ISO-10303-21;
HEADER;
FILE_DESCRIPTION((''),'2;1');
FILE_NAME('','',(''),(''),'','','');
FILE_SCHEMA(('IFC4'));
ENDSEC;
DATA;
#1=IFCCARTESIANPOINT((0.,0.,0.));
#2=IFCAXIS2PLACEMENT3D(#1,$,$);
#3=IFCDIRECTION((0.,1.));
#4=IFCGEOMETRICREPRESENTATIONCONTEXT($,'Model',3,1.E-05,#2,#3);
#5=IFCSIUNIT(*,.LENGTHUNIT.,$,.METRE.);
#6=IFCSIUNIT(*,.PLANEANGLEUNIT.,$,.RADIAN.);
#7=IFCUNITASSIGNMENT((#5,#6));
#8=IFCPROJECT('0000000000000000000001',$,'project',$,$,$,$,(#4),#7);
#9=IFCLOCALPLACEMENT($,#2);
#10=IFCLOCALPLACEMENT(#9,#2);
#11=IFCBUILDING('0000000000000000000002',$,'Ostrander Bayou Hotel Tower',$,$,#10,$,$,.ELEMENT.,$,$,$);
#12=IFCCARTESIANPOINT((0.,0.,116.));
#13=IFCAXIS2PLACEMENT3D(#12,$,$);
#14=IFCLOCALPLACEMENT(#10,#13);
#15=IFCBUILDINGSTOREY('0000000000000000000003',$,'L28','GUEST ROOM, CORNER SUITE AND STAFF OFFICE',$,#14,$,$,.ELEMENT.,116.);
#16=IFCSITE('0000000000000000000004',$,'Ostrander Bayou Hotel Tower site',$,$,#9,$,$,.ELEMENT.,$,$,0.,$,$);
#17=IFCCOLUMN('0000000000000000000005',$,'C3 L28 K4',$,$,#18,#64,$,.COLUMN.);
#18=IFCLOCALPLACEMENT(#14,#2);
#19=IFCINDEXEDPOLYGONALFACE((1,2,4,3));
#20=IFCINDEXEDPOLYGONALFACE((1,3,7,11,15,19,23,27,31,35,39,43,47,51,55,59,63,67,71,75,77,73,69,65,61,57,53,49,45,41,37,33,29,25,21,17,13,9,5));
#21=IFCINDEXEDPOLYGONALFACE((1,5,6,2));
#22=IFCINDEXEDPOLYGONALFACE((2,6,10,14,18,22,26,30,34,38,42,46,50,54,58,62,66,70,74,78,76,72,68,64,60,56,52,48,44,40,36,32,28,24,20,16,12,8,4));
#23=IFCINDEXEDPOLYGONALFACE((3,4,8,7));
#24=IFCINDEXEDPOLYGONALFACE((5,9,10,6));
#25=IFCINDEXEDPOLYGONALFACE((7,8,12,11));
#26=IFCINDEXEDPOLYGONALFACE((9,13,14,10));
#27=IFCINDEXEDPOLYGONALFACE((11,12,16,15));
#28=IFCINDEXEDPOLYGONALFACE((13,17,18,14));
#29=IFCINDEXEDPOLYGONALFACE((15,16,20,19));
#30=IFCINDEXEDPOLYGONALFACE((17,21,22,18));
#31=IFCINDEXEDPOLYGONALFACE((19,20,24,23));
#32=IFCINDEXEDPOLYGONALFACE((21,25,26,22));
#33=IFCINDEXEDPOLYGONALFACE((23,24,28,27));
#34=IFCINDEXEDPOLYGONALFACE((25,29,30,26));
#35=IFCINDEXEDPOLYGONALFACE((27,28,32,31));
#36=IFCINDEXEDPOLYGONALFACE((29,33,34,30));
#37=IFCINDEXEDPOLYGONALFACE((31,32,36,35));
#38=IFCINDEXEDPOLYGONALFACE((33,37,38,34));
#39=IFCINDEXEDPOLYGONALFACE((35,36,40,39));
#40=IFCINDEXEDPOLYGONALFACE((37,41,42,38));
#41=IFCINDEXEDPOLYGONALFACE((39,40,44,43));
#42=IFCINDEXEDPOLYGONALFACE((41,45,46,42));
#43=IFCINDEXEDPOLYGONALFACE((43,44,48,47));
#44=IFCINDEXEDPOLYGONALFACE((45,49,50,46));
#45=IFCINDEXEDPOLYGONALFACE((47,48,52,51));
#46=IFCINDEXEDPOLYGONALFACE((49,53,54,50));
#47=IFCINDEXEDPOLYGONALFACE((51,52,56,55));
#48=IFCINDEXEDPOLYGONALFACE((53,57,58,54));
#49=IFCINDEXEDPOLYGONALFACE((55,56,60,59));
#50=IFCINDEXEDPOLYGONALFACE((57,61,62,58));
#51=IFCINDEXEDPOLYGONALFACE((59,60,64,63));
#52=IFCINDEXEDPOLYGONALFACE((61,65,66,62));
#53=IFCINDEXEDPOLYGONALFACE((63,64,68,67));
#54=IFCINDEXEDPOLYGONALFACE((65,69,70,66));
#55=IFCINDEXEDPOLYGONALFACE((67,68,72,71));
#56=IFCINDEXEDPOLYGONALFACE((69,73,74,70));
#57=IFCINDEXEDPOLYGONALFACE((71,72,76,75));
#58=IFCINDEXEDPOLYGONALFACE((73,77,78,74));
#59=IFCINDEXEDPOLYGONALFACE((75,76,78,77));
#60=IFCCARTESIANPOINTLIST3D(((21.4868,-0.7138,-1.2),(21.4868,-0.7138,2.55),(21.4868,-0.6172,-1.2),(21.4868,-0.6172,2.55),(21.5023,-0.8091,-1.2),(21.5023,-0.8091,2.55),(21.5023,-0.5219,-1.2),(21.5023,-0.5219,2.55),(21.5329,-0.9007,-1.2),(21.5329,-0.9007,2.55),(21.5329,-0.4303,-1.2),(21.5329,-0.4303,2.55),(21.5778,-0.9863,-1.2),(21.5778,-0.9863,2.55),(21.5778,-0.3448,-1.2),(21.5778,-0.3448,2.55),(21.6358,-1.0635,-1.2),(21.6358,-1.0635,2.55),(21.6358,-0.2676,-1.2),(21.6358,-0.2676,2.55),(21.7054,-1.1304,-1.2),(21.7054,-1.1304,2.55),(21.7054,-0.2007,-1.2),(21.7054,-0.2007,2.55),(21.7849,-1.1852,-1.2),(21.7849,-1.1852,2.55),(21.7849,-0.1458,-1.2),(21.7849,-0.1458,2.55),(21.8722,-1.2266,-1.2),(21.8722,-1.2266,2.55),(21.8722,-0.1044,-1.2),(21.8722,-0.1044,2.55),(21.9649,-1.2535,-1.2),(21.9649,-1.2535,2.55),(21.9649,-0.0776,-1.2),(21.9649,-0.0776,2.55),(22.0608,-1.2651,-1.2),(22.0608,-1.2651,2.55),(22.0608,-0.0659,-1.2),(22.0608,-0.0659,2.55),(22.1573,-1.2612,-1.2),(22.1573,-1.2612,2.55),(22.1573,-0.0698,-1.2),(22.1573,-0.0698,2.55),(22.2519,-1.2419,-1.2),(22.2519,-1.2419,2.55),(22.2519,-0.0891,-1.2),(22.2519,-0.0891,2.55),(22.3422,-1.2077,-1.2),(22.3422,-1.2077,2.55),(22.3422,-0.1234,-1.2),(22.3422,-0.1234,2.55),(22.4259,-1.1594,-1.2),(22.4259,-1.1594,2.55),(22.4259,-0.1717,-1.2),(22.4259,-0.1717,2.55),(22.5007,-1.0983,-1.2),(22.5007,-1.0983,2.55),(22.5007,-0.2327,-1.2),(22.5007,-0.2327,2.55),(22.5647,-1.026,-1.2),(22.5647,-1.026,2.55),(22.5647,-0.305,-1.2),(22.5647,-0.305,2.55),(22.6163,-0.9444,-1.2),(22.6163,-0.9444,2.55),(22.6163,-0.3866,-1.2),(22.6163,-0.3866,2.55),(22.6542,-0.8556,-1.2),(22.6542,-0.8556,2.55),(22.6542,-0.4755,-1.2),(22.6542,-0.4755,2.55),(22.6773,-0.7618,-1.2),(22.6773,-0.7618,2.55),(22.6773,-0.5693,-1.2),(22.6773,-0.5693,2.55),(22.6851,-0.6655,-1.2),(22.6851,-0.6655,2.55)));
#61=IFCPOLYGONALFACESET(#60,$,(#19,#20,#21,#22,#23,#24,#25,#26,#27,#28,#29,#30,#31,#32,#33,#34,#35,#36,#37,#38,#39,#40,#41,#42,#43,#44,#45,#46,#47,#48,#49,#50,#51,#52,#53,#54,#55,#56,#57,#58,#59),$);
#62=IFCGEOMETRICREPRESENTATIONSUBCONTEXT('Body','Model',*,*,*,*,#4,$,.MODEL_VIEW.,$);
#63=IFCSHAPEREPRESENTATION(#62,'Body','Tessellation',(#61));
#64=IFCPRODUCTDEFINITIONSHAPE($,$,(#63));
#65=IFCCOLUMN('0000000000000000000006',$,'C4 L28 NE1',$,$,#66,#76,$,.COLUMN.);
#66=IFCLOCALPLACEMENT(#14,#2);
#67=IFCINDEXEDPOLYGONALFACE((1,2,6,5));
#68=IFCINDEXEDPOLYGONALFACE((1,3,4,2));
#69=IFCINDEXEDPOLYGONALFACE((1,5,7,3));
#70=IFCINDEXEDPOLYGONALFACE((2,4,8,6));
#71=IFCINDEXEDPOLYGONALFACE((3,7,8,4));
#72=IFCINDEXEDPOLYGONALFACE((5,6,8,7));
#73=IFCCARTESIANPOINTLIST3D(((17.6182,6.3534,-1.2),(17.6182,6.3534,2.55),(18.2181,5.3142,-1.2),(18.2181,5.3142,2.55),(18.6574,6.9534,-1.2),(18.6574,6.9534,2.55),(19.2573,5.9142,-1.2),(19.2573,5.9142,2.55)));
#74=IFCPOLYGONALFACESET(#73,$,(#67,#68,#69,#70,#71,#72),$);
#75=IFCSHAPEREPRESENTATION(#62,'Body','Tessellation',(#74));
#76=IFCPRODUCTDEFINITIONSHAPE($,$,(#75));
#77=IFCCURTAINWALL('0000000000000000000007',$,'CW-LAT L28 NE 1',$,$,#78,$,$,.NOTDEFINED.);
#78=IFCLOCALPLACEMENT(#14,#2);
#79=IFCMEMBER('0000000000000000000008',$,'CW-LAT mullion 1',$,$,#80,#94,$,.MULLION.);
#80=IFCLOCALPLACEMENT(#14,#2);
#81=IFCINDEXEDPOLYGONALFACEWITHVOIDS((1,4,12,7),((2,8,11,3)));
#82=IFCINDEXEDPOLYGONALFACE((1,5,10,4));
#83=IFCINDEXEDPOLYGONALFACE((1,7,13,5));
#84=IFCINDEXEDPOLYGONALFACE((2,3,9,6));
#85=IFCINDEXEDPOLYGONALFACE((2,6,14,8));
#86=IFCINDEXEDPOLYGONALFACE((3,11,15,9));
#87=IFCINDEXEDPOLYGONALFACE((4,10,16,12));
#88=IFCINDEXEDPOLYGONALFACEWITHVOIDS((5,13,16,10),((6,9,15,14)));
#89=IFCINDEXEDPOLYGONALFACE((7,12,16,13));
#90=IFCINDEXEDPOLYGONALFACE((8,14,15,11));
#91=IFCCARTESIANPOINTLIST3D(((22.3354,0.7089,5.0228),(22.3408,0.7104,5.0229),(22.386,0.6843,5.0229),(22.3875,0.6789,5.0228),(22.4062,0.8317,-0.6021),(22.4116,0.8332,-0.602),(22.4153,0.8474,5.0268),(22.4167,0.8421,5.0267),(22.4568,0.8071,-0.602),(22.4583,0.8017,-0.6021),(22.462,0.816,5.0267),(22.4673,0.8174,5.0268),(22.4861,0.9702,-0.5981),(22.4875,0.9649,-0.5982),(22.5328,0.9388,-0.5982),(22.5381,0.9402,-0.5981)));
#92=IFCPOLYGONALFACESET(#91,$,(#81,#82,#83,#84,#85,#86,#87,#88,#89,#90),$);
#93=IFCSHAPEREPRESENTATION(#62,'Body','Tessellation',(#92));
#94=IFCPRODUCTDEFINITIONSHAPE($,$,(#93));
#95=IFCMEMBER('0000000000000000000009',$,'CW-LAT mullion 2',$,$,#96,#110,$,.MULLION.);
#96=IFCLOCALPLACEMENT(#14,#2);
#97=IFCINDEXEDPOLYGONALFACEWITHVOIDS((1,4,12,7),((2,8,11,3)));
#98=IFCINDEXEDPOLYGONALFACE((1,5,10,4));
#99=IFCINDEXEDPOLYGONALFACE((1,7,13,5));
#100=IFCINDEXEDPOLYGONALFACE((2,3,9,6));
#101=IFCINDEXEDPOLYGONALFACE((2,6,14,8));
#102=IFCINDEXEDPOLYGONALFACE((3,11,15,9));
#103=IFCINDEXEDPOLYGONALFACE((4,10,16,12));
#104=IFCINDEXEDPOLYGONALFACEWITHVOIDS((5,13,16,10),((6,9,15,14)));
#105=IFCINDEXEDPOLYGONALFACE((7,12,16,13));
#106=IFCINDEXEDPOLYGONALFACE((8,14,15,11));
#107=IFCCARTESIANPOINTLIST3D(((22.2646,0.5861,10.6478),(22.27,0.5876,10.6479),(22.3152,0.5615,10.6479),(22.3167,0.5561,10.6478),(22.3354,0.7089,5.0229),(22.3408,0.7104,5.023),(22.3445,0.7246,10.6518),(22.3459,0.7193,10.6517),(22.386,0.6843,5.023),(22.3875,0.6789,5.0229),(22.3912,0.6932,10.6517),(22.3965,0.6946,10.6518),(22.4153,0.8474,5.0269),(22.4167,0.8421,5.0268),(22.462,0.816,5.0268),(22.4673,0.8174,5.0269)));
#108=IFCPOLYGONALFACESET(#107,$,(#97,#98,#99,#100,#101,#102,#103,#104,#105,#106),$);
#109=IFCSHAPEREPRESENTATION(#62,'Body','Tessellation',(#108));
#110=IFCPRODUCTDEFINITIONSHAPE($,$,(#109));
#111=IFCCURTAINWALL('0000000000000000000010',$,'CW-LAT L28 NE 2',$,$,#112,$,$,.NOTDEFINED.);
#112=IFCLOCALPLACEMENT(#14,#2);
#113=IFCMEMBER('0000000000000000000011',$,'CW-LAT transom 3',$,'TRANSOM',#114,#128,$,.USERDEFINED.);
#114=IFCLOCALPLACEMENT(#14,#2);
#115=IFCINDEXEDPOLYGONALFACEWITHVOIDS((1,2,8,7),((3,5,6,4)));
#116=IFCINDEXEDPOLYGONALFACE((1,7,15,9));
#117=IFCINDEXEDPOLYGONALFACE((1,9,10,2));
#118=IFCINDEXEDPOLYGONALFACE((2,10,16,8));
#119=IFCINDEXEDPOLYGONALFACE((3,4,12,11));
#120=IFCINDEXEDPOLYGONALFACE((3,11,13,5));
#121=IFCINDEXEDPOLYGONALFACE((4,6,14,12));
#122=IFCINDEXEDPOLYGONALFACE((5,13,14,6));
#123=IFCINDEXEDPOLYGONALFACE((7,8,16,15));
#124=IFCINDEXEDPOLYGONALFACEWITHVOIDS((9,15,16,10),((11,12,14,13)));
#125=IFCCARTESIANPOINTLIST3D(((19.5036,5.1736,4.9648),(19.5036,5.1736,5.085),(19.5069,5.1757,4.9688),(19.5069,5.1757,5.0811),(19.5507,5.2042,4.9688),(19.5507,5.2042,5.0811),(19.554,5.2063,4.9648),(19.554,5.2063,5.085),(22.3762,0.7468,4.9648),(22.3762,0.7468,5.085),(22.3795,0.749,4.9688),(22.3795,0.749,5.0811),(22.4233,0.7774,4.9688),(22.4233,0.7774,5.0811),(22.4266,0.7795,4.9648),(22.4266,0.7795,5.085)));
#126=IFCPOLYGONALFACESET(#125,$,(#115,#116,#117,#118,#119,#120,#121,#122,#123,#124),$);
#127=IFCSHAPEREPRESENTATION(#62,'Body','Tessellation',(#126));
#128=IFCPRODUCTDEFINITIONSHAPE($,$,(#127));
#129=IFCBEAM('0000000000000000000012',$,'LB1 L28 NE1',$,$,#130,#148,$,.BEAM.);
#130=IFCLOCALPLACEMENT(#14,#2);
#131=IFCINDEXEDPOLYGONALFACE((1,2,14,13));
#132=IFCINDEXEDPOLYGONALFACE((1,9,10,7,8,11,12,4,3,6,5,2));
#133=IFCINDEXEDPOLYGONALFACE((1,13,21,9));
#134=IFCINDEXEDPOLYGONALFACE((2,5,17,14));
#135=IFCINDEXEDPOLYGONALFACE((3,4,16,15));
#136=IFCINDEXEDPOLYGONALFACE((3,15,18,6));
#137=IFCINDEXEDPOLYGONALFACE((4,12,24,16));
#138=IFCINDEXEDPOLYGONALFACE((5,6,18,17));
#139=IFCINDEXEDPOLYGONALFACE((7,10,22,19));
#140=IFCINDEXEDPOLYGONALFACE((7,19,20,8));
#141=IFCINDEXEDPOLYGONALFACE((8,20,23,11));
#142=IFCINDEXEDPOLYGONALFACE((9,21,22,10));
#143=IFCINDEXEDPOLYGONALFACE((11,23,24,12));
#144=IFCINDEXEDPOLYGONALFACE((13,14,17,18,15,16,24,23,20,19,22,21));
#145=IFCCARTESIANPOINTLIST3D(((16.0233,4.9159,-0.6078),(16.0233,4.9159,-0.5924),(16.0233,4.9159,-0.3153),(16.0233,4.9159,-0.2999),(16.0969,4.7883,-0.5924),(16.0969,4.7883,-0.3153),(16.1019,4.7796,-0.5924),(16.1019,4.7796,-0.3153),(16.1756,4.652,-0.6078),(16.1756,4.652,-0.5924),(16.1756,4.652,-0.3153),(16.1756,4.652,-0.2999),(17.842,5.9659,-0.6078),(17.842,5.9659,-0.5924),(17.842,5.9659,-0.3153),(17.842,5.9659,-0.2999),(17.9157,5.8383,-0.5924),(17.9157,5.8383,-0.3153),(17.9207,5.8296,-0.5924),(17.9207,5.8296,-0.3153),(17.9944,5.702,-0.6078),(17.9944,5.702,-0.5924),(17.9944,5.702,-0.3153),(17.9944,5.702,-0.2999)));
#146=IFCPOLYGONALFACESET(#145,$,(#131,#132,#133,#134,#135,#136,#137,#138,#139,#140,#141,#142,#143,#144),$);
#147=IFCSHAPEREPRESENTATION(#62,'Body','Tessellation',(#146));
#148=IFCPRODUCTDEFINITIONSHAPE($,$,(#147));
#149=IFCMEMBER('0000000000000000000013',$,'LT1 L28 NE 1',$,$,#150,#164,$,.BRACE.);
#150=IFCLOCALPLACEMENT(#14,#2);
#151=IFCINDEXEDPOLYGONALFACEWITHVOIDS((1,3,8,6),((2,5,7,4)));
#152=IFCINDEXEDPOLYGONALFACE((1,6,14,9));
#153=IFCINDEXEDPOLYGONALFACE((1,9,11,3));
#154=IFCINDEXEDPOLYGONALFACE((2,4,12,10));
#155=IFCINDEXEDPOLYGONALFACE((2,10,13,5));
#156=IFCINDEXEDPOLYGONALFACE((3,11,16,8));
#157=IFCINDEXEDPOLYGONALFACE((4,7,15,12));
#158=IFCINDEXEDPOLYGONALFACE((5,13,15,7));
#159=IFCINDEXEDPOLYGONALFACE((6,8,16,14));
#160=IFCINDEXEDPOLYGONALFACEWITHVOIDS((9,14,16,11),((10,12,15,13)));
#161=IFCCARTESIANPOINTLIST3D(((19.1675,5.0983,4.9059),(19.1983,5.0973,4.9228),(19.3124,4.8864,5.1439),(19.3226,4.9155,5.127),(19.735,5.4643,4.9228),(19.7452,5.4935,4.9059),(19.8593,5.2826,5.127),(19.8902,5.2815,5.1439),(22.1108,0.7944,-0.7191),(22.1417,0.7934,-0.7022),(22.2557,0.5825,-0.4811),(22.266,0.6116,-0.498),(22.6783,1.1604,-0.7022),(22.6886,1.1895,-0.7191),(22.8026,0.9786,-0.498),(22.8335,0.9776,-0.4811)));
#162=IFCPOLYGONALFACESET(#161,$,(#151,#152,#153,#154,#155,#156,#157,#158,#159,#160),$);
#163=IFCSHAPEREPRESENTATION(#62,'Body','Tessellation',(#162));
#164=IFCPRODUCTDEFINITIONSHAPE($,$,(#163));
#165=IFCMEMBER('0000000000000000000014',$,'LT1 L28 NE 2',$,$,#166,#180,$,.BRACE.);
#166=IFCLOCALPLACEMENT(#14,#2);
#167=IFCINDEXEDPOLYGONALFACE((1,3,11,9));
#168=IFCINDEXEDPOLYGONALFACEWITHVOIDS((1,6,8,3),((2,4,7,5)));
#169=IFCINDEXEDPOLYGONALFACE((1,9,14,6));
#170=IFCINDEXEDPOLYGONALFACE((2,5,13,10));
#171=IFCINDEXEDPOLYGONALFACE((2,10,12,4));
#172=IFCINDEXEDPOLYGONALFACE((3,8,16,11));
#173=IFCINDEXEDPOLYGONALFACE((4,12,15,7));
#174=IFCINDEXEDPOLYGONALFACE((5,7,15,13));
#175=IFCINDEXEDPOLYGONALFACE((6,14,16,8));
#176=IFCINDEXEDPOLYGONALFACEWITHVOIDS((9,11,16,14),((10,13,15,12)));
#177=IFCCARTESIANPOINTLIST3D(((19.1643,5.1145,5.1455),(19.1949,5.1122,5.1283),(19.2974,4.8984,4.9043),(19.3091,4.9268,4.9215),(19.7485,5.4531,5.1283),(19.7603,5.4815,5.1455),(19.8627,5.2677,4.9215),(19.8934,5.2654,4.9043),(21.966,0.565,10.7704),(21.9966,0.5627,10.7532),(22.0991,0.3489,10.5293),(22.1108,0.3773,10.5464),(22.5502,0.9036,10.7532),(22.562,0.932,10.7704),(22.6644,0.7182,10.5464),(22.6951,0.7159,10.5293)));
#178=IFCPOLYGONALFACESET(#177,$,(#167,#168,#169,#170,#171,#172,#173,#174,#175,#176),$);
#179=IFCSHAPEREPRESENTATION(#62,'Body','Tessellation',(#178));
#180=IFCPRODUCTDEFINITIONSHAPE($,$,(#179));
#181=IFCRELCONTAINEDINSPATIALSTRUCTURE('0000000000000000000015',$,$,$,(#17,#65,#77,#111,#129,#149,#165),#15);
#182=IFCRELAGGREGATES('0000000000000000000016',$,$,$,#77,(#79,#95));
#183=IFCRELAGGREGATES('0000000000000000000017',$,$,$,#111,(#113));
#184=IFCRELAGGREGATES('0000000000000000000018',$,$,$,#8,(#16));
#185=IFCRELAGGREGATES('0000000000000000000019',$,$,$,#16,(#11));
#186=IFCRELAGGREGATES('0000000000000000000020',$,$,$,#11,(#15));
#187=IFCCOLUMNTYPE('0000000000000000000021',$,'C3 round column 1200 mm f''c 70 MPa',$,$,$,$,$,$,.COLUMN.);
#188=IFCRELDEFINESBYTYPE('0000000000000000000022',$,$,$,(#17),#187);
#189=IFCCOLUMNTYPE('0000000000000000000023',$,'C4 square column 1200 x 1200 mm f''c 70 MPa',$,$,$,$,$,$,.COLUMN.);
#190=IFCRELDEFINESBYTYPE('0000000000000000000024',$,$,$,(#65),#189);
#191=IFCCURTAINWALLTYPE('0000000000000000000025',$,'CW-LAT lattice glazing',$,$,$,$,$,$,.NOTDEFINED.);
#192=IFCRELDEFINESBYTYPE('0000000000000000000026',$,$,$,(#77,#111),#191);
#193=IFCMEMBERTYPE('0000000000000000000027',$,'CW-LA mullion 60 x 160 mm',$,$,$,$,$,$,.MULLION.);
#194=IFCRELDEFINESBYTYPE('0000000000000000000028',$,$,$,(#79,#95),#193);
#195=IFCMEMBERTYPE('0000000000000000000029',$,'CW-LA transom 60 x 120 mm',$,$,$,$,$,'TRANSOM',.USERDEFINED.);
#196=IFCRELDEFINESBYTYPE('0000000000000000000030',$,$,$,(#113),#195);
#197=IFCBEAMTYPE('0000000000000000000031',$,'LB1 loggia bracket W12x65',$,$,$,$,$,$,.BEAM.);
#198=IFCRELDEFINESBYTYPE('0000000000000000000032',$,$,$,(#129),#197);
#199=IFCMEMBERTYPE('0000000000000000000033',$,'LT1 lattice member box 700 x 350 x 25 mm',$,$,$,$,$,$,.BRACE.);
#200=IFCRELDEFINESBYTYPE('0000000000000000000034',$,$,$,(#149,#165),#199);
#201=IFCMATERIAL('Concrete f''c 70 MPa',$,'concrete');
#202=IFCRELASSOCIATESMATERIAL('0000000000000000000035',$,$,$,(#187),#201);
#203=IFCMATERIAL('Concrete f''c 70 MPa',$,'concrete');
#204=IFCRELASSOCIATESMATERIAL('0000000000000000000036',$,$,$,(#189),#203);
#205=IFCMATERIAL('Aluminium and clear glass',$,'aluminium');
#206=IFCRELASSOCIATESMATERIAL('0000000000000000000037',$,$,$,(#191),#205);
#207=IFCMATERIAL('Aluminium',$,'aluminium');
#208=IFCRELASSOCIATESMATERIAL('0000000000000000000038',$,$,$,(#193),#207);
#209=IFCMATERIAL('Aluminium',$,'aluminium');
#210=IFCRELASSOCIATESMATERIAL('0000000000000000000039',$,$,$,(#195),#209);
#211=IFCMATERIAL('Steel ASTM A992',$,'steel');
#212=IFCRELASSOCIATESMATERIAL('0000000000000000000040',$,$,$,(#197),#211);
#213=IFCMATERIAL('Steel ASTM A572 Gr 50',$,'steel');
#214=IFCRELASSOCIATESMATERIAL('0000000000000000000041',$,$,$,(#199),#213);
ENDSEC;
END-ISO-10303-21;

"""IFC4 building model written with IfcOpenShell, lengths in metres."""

from ifc_helpers import new_model, si_unit, direction, frame, origin, origin_2d, place, context, subcontext, project, spatial, rectangle, hollow_rectangle, circle, i_section, extrude, material, material_profile, profile_set, type_object, element, aggregate, save


model = new_model("IFC4")

# Units and contexts
model_context = context("Model", 3, precision=1e-05, world=origin(), true_north=direction((0.0, 1.0)))
body_context = subcontext(model_context, "Body", "Model", "MODEL_VIEW")
ifc_project = project(units=[si_unit("LENGTHUNIT", "METRE"), si_unit("PLANEANGLEUNIT", "RADIAN")], contexts=[model_context])

# Site, building, storey
site_placement = place(None, origin())
site = spatial("IfcSite", under=ifc_project, at=site_placement, Name="Ostrander Bayou Hotel Tower site", CompositionType="ELEMENT", RefElevation=0.0)
building_placement = place(site_placement, origin())
building = spatial("IfcBuilding", under=site, at=building_placement, Name="Ostrander Bayou Hotel Tower", CompositionType="ELEMENT")
storey_placement = place(building_placement, frame((0.0, 0.0, 116.0)))
storey = spatial("IfcBuildingStorey", under=building, at=storey_placement, Name="L28", Description="GUEST ROOM, CORNER SUITE AND STAFF OFFICE", CompositionType="ELEMENT", Elevation=116.0)

# Columns
ifc_material_1 = material(Name="Concrete f'c 70 MPa", Category="concrete")
ifc_material_profile_1 = material_profile(ifc_material_1, circle(Radius=0.6001, at=origin_2d()))
ifc_profile_set_1 = profile_set([ifc_material_profile_1], Name="Concrete f'c 70 MPa")
column_type_1 = type_object("IfcColumnType", Name="C3 round column 1200 mm f'c 70 MPa", PredefinedType="COLUMN", material=ifc_profile_set_1)
column_1_placement = place(storey_placement, frame((22.085, -0.6655, -1.2), z_axis=(0.0, 0.0, 1.0), x_axis=(1.0, 0.0, 0.0)))
element("IfcColumn", 1, at=column_1_placement, inside=storey, type_object=column_type_1, Name="C3 L28 K4", PredefinedType="COLUMN", context=body_context, shape_type="SweptSolid", body=[
    extrude(circle(Radius=0.6001, at=origin_2d()), origin(), (0.0, 0.0, 1.0), 3.75),
])
ifc_material_2 = material(Name="Concrete f'c 70 MPa", Category="concrete")
ifc_material_profile_2 = material_profile(ifc_material_2, rectangle(XDim=1.2, YDim=1.2, at=origin_2d()))
ifc_profile_set_2 = profile_set([ifc_material_profile_2], Name="Concrete f'c 70 MPa")
column_type_2 = type_object("IfcColumnType", Name="C4 square column 1200 x 1200 mm f'c 70 MPa", PredefinedType="COLUMN", material=ifc_profile_set_2)
column_2_placement = place(storey_placement, frame((18.4377, 6.1338, -1.2), z_axis=(0.0, 0.0, 1.0), x_axis=(0.5, -0.866025, 0.0)))
element("IfcColumn", 2, at=column_2_placement, inside=storey, type_object=column_type_2, Name="C4 L28 NE1", PredefinedType="COLUMN", context=body_context, shape_type="SweptSolid", body=[
    extrude(rectangle(XDim=1.2, YDim=1.2, at=origin_2d()), origin(), (0.0, 0.0, 1.0), 3.75),
])

# Curtain wall, members
ifc_material_3 = material(Name="Aluminium and clear glass", Category="aluminium")
curtain_wall_type = type_object("IfcCurtainWallType", Name="CW-LAT lattice glazing", PredefinedType="NOTDEFINED", material=ifc_material_3)
curtain_wall_1_placement = place(storey_placement, origin())
curtain_wall_1 = element("IfcCurtainWall", 3, at=curtain_wall_1_placement, inside=storey, type_object=curtain_wall_type, Name="CW-LAT L28 NE 1", PredefinedType="NOTDEFINED")
ifc_material_4 = material(Name="Aluminium", Category="aluminium")
ifc_material_profile_3 = material_profile(ifc_material_4, hollow_rectangle(XDim=0.0601, YDim=0.1599, WallThickness=0.0039, at=origin_2d()))
ifc_profile_set_3 = profile_set([ifc_material_profile_3], Name="Aluminium")
member_type_1 = type_object("IfcMemberType", Name="CW-LA mullion 60 x 160 mm", PredefinedType="MULLION", material=ifc_profile_set_3)
member_1_placement = place(storey_placement, frame((22.4722, 0.886, -0.6001), z_axis=(-0.012583, -0.021825, 0.999683), x_axis=(0.866329, -0.499474, 0.0)))
member_1 = element("IfcMember", 4, at=member_1_placement, type_object=member_type_1, Name="CW-LAT mullion 1", PredefinedType="MULLION", context=body_context, shape_type="SweptSolid", body=[
    extrude(hollow_rectangle(XDim=0.0601, YDim=0.1599, WallThickness=0.0039, at=origin_2d()), origin(), (0.0, 0.0, 1.0), 5.6267),
])
member_2_placement = place(storey_placement, frame((22.4014, 0.7632, 5.0249), z_axis=(-0.012583, -0.021825, 0.999683), x_axis=(0.866329, -0.499474, 0.0)))
member_2 = element("IfcMember", 5, at=member_2_placement, type_object=member_type_1, Name="CW-LAT mullion 2", PredefinedType="MULLION", context=body_context, shape_type="SweptSolid", body=[
    extrude(hollow_rectangle(XDim=0.0601, YDim=0.1599, WallThickness=0.0039, at=origin_2d()), origin(), (0.0, 0.0, 1.0), 5.6267),
])

# Curtain wall, member
curtain_wall_2_placement = place(storey_placement, origin())
curtain_wall_2 = element("IfcCurtainWall", 6, at=curtain_wall_2_placement, inside=storey, type_object=curtain_wall_type, Name="CW-LAT L28 NE 2", PredefinedType="NOTDEFINED")
ifc_material_5 = material(Name="Aluminium", Category="aluminium")
ifc_material_profile_4 = material_profile(ifc_material_5, hollow_rectangle(XDim=0.0601, YDim=0.1201, WallThickness=0.0039, at=origin_2d()))
ifc_profile_set_4 = profile_set([ifc_material_profile_4], Name="Aluminium")
member_type_2 = type_object("IfcMemberType", Name="CW-LA transom 60 x 120 mm", ElementType="TRANSOM", PredefinedType="USERDEFINED", material=ifc_profile_set_4)
member_3_placement = place(storey_placement, frame((22.4014, 0.7632, 5.0249), z_axis=(-0.544344, 0.838862, 0.0), x_axis=(-0.838862, -0.544344, 0.0)))
member_3 = element("IfcMember", 7, at=member_3_placement, type_object=member_type_2, Name="CW-LAT transom 3", ObjectType="TRANSOM", PredefinedType="USERDEFINED", context=body_context, shape_type="SweptSolid", body=[
    extrude(hollow_rectangle(XDim=0.0601, YDim=0.1201, WallThickness=0.0039, at=origin_2d()), origin(), (0.0, 0.0, 1.0), 5.2771),
])

# Beam
ifc_material_6 = material(Name="Steel ASTM A992", Category="steel")
ifc_material_profile_5 = material_profile(ifc_material_6, i_section(OverallWidth=0.3047, OverallDepth=0.3079, WebThickness=0.01, FlangeThickness=0.0154, at=origin_2d()))
ifc_profile_set_5 = profile_set([ifc_material_profile_5], Name="Steel ASTM A992")
beam_type_1 = type_object("IfcBeamType", Name="LB1 loggia bracket W12x65", PredefinedType="BEAM", material=ifc_profile_set_5)
beam_1_placement = place(storey_placement, frame((17.9182, 5.834, -0.4539), z_axis=(-0.866038, -0.499977, 0.0), x_axis=(0.499977, -0.866038, 0.0)))
element("IfcBeam", 8, at=beam_1_placement, inside=storey, type_object=beam_type_1, Name="LB1 L28 NE1", PredefinedType="BEAM", context=body_context, shape_type="SweptSolid", body=[
    extrude(i_section(OverallWidth=0.3047, OverallDepth=0.3079, WebThickness=0.01, FlangeThickness=0.0154, at=origin_2d()), origin(), (0.0, 0.0, 1.0), 2.1001),
])

# Members
ifc_material_7 = material(Name="Steel ASTM A572 Gr 50", Category="steel")
ifc_material_profile_6 = material_profile(ifc_material_7, hollow_rectangle(XDim=0.7, YDim=0.3501, WallThickness=0.0249, at=origin_2d()))
ifc_profile_set_6 = profile_set([ifc_material_profile_6], Name="Steel ASTM A572 Gr 50")
member_type_3 = type_object("IfcMemberType", Name="LT1 lattice member box 700 x 350 x 25 mm", PredefinedType="BRACE", material=ifc_profile_set_6)
member_4_placement = place(storey_placement, frame((19.5288, 5.1899, 5.0249), z_axis=(0.383752, -0.561146, -0.733382), x_axis=(0.825437, 0.564494, 0.0)))
element("IfcMember", 9, at=member_4_placement, inside=storey, type_object=member_type_3, Name="LT1 L28 NE 1", PredefinedType="BRACE", context=body_context, shape_type="SweptSolid", body=[
    extrude(hollow_rectangle(XDim=0.7, YDim=0.3501, WallThickness=0.0249, at=origin_2d()), origin(), (0.0, 0.0, 1.0), 7.6699),
])
member_5_placement = place(storey_placement, frame((19.5288, 5.1899, 5.0249), z_axis=(0.361137, -0.586423, 0.725043), x_axis=(0.851489, 0.524373, 0.0)))
element("IfcMember", 10, at=member_5_placement, inside=storey, type_object=member_type_3, Name="LT1 L28 NE 2", PredefinedType="BRACE", context=body_context, shape_type="SweptSolid", body=[
    extrude(hollow_rectangle(XDim=0.7, YDim=0.3501, WallThickness=0.0249, at=origin_2d()), origin(), (0.0, 0.0, 1.0), 7.7581),
])

aggregate(curtain_wall_1, [member_1, member_2])
aggregate(curtain_wall_2, [member_3])

save(model, "model.ifc")
